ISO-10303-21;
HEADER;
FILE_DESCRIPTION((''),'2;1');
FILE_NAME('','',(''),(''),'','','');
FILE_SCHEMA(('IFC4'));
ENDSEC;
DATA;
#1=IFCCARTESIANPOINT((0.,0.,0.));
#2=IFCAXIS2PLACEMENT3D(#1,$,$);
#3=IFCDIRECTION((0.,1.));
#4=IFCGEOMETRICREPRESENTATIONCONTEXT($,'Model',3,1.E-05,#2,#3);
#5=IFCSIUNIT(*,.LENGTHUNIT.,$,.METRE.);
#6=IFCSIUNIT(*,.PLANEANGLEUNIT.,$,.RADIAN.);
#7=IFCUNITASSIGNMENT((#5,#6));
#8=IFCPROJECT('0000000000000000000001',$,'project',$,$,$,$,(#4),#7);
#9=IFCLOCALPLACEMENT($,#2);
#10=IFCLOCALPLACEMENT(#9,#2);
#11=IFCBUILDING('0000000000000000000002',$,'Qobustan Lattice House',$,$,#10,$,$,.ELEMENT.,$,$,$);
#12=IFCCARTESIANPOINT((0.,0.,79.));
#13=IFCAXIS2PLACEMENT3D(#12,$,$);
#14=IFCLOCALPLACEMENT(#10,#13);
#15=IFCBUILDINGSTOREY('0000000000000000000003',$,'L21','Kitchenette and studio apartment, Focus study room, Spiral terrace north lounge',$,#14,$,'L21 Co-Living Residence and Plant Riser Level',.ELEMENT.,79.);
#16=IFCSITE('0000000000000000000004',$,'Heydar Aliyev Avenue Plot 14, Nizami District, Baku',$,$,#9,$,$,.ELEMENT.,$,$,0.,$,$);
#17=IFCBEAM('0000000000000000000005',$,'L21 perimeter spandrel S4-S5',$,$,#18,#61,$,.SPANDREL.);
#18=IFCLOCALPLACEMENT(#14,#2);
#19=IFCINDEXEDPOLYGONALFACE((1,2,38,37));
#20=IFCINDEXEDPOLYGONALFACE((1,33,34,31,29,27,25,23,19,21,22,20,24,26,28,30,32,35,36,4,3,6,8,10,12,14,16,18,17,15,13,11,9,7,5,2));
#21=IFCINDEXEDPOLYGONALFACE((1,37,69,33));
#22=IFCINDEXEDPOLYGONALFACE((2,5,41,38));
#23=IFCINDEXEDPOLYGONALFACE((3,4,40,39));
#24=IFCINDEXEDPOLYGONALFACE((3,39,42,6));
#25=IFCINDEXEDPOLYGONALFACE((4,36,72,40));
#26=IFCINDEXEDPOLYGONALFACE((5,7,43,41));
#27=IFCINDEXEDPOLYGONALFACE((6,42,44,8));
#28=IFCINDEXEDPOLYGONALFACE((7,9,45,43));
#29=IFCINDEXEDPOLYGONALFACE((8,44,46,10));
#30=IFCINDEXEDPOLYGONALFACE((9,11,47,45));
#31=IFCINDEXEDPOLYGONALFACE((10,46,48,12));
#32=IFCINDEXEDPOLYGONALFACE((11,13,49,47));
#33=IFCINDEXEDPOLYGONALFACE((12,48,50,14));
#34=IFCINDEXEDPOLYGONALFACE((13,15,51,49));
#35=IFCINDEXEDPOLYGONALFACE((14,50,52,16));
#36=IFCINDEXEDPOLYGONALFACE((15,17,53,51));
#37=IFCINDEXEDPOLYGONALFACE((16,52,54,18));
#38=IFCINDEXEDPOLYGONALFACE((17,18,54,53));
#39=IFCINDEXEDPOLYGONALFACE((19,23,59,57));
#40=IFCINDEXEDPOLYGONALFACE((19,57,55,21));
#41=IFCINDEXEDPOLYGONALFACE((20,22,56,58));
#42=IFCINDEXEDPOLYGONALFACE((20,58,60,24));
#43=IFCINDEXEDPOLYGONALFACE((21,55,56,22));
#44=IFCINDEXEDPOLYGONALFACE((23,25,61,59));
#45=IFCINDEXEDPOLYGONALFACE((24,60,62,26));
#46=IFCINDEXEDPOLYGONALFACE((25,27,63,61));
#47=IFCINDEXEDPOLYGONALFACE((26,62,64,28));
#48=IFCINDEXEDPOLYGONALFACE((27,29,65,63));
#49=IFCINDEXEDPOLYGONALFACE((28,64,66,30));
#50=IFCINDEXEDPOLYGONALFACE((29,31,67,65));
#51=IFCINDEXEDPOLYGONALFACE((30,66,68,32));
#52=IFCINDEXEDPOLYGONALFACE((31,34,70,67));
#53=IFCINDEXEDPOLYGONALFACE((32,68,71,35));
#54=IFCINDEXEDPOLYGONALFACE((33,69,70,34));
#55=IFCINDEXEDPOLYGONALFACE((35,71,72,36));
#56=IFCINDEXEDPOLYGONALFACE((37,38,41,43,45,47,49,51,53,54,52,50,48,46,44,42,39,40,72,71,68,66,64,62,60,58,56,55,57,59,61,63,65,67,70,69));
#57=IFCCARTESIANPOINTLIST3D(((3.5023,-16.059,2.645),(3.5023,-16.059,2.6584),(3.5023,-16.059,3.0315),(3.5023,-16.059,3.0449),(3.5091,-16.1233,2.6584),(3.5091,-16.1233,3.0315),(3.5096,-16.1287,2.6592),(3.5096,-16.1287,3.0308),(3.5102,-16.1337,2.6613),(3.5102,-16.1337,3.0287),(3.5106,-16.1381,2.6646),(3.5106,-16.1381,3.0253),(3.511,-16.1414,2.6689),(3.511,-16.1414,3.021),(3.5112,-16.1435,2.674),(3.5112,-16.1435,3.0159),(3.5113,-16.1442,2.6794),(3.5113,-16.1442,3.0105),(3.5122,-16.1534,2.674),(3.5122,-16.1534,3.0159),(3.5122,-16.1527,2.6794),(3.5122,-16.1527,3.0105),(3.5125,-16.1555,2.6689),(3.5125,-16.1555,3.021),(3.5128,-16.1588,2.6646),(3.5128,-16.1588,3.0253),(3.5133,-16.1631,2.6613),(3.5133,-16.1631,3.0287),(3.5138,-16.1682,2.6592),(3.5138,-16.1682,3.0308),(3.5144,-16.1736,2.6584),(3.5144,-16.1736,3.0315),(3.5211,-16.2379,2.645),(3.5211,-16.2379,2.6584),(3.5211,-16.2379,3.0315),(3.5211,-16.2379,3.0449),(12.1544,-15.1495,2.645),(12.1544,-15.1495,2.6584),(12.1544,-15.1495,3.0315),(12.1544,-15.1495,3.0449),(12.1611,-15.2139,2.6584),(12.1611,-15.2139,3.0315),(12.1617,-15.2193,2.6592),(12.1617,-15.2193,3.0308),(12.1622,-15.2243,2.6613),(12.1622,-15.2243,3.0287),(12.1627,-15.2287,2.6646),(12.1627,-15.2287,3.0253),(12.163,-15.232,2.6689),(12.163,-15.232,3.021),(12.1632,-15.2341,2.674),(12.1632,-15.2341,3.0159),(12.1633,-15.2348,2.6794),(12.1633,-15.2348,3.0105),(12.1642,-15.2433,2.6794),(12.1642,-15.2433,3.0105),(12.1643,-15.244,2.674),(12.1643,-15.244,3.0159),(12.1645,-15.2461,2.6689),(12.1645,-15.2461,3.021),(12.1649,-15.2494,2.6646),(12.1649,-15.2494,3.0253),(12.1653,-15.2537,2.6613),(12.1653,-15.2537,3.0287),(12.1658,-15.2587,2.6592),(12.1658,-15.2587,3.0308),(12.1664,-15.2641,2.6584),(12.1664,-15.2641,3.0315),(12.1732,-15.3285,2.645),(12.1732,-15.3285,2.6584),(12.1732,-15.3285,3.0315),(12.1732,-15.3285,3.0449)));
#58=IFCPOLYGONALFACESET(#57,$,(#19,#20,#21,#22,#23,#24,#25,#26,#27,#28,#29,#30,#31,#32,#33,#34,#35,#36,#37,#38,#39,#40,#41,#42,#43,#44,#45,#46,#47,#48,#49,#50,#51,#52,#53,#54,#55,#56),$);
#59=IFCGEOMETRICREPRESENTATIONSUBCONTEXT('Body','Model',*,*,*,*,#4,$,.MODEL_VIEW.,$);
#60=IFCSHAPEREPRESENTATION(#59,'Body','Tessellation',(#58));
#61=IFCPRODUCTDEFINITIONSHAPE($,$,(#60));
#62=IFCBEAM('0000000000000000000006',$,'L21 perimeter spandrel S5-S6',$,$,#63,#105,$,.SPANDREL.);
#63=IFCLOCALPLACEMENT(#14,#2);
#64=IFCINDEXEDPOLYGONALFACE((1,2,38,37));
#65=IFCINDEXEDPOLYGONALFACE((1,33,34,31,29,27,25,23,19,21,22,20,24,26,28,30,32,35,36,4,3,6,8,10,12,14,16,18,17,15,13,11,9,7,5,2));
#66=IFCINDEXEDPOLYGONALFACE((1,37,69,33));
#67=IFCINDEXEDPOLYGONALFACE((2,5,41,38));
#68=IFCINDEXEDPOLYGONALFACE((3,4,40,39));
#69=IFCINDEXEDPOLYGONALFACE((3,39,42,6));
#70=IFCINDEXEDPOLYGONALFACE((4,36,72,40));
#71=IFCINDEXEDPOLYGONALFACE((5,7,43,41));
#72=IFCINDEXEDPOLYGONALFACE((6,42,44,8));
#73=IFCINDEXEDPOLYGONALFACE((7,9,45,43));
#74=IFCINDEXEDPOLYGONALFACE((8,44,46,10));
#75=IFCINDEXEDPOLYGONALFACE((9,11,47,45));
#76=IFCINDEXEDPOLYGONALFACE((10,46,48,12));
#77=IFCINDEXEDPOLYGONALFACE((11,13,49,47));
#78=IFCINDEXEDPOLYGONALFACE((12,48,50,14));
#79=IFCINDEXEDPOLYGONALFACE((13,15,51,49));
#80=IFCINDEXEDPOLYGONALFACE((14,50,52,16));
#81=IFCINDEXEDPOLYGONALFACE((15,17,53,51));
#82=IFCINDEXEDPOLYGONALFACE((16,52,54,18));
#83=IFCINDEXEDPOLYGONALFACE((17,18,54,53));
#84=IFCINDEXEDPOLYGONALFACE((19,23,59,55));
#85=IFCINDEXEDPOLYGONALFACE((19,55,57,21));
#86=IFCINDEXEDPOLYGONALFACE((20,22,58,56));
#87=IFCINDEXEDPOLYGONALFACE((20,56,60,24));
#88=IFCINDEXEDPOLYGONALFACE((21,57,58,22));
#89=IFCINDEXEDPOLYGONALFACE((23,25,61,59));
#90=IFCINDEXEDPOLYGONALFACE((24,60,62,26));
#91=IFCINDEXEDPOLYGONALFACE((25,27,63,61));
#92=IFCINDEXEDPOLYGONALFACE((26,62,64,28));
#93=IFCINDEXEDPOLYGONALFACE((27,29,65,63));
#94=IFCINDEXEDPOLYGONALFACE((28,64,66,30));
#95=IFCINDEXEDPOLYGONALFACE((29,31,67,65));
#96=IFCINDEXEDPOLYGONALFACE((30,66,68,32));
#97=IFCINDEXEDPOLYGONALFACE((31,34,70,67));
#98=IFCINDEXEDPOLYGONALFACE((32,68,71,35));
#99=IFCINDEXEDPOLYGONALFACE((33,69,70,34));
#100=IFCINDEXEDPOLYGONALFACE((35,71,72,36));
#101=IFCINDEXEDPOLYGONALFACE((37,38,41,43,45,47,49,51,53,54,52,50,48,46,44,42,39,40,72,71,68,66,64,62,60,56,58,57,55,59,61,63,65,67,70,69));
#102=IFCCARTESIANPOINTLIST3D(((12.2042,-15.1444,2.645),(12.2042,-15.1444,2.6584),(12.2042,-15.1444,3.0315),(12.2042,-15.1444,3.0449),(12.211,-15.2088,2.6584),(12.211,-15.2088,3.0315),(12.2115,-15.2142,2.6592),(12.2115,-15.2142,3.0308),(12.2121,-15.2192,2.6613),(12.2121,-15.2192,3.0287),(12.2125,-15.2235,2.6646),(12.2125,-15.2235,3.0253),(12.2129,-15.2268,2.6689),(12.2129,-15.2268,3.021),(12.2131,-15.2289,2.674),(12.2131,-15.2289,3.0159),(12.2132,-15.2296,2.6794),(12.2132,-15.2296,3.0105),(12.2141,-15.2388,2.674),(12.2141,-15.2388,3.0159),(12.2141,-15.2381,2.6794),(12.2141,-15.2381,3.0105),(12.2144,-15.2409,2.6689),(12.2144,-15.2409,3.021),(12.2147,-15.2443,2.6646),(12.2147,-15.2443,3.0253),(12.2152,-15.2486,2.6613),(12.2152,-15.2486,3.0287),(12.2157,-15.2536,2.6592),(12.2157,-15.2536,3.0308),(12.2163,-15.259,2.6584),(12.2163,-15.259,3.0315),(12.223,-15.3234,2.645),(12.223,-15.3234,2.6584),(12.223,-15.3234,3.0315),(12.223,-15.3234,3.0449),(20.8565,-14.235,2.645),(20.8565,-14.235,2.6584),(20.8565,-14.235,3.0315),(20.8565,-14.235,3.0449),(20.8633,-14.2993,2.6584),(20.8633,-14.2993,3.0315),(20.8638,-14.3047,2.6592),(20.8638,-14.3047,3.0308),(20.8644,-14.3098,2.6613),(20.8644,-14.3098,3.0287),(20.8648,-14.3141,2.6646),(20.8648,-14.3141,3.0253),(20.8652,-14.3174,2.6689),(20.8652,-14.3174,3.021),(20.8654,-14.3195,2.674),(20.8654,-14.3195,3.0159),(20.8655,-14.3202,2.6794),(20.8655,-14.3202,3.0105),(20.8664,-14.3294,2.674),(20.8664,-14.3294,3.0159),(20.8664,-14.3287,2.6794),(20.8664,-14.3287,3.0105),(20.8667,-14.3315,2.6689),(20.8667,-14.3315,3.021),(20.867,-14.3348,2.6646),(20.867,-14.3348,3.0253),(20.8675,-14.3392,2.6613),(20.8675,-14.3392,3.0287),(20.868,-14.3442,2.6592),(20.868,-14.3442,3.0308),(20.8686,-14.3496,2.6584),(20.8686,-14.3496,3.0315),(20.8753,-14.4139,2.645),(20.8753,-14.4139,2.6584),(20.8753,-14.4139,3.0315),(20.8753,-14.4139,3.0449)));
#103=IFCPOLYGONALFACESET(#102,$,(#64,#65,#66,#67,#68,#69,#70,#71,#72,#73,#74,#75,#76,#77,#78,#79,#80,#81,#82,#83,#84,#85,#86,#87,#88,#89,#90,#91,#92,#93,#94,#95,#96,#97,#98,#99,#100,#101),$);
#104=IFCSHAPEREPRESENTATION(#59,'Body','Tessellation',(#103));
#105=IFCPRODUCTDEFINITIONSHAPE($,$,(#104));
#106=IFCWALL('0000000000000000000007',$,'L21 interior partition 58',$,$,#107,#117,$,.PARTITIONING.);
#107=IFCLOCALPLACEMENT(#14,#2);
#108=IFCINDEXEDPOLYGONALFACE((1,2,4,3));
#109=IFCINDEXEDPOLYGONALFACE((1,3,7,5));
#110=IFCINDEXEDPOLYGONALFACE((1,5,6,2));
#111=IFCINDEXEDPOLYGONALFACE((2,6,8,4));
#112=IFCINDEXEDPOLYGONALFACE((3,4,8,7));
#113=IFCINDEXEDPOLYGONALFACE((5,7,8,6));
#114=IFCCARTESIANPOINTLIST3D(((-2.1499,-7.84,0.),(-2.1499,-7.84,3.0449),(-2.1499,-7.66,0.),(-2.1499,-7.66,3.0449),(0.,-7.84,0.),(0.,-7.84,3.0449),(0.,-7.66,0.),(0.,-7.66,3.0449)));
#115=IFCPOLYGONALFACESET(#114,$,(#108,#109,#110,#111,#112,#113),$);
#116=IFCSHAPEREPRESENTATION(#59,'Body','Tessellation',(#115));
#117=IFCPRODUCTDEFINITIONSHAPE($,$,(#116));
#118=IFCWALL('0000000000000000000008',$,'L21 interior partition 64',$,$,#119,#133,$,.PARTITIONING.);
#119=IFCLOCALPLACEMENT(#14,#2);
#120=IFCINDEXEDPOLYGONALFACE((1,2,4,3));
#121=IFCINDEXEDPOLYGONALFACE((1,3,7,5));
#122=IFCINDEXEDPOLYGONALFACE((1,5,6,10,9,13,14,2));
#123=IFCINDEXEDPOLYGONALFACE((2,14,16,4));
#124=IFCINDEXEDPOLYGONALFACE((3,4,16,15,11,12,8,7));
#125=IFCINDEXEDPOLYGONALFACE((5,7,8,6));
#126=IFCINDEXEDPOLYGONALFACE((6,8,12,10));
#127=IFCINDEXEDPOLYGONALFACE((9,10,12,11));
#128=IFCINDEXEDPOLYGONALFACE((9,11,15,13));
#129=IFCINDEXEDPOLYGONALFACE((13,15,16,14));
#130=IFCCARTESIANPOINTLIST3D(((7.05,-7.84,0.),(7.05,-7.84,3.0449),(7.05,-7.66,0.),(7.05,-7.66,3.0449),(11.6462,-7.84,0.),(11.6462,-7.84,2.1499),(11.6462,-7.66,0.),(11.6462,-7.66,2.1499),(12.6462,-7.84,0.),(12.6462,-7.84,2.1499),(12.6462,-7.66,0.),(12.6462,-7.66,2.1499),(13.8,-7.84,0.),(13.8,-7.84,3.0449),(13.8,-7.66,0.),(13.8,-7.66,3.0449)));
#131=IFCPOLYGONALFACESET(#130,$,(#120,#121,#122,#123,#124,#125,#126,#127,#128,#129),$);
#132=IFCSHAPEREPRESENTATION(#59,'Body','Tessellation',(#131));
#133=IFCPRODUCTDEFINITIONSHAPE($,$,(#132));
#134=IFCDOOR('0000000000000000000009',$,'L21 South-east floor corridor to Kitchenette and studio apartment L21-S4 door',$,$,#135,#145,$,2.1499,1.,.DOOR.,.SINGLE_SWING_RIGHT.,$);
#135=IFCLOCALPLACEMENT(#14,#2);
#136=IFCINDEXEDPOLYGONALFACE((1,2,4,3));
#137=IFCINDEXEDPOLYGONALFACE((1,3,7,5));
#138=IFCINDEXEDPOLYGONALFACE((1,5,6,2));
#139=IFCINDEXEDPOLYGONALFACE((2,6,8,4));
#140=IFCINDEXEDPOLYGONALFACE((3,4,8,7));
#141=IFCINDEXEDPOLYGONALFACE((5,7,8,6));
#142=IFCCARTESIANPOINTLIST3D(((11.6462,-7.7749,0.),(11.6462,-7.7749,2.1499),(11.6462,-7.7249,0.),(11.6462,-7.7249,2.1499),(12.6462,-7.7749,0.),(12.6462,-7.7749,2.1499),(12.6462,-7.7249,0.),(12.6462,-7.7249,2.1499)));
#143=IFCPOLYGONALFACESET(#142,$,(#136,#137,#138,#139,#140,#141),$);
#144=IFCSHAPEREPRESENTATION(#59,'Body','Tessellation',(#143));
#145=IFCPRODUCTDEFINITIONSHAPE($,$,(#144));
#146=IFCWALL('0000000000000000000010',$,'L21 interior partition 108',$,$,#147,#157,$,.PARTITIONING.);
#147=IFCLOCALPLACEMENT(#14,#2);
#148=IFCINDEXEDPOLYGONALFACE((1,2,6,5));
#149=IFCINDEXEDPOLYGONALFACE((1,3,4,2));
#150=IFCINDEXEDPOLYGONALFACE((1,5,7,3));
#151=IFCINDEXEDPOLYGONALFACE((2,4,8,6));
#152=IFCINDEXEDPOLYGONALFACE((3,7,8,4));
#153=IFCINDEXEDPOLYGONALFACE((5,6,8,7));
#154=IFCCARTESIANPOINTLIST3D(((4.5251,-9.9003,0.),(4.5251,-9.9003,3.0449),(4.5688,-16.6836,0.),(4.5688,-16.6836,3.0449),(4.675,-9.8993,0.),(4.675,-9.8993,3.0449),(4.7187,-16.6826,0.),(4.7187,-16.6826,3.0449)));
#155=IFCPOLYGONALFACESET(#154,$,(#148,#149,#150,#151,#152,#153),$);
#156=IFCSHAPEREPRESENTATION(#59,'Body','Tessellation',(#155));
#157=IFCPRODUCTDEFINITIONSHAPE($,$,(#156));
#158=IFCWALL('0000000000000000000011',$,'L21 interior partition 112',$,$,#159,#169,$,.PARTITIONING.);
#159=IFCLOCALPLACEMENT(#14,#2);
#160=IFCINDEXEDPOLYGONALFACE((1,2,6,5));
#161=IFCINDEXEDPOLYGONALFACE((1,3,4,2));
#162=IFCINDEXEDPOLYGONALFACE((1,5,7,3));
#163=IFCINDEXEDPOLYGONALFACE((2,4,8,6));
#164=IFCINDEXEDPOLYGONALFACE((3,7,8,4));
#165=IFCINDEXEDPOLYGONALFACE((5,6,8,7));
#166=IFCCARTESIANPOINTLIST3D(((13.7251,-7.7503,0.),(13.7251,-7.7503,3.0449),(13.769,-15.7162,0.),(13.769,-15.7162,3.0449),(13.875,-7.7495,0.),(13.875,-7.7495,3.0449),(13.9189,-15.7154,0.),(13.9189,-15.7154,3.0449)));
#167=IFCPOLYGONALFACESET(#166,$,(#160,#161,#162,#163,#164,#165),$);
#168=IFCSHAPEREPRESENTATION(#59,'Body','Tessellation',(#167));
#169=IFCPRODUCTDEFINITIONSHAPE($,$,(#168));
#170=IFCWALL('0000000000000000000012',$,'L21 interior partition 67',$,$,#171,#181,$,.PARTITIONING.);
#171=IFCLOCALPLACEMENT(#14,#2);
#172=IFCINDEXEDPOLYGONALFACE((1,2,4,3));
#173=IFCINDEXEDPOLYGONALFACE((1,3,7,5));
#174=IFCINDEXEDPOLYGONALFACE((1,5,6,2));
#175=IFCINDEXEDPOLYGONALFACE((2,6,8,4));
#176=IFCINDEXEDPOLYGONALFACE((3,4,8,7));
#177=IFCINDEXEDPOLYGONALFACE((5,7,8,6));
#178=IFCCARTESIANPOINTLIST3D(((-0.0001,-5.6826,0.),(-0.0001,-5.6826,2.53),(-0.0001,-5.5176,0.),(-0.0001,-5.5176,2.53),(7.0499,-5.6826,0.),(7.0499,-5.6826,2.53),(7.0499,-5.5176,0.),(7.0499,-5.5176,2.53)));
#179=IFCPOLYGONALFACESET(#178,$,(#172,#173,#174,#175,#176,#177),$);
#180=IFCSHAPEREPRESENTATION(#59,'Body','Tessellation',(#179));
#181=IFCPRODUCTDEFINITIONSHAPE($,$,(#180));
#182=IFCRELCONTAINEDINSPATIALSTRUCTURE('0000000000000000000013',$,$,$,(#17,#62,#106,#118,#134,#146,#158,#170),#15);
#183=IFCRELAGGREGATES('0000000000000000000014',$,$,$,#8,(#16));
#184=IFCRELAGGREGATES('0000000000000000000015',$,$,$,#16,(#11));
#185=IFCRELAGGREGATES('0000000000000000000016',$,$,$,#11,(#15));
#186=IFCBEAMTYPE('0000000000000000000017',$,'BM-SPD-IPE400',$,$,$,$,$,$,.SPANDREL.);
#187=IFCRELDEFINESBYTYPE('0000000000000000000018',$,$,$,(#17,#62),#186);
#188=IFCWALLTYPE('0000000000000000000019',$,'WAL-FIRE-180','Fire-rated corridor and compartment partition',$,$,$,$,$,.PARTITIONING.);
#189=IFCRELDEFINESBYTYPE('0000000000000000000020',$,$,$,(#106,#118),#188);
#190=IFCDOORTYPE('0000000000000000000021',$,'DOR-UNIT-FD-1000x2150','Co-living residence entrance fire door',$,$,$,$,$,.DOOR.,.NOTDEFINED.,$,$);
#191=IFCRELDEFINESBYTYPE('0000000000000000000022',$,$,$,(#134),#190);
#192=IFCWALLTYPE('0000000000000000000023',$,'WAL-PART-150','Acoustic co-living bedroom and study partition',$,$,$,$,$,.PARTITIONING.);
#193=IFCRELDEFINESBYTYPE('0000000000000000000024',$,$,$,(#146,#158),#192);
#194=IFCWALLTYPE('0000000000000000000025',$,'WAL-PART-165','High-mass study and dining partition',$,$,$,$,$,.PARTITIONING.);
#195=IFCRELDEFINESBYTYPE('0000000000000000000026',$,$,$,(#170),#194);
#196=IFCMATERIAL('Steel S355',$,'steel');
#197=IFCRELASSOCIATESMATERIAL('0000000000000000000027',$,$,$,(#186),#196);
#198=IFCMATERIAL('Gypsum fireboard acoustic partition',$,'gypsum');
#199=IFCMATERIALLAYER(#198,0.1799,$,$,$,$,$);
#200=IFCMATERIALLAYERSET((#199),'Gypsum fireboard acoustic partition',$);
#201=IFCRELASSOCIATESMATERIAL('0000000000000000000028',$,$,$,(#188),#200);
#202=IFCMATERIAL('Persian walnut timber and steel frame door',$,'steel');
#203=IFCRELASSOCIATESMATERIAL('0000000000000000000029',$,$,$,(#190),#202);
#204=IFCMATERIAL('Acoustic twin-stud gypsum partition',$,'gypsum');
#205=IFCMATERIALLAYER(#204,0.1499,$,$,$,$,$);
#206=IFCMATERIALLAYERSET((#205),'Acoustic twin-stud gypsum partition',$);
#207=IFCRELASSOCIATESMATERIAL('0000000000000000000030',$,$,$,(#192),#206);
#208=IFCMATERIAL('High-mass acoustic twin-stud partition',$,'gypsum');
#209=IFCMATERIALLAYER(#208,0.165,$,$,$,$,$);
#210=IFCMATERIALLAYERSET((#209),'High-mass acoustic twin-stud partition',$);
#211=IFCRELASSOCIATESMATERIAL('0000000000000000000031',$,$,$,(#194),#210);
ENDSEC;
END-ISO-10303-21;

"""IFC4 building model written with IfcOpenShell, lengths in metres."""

from ifc_helpers import new_model, si_unit, direction, frame, frame_2d, origin, origin_2d, place, context, subcontext, project, spatial, rectangle, i_section, extrude, material, layer, layer_set, material_profile, profile_set, type_object, element, fill, save


model = new_model("IFC4")

# Units and contexts
model_context = context("Model", 3, precision=1e-05, world=origin(), true_north=direction((0.0, 1.0)))
body_context = subcontext(model_context, "Body", "Model", "MODEL_VIEW")
ifc_project = project(units=[si_unit("LENGTHUNIT", "METRE"), si_unit("PLANEANGLEUNIT", "RADIAN")], contexts=[model_context])

# Site, building, storey
site_placement = place(None, origin())
site = spatial("IfcSite", under=ifc_project, at=site_placement, Name="Heydar Aliyev Avenue Plot 14, Nizami District, Baku", CompositionType="ELEMENT", RefElevation=0.0)
building_placement = place(site_placement, origin())
building = spatial("IfcBuilding", under=site, at=building_placement, Name="Qobustan Lattice House", CompositionType="ELEMENT")
storey_placement = place(building_placement, frame((0.0, 0.0, 79.0)))
storey = spatial("IfcBuildingStorey", under=building, at=storey_placement, Name="L21", Description="Kitchenette and studio apartment, Focus study room, Spiral terrace north lounge", LongName="L21 Co-Living Residence and Plant Riser Level", CompositionType="ELEMENT", Elevation=79.0)

# Beams
ifc_material_1 = material(Name="Steel S355", Category="steel")
ifc_material_profile_1 = material_profile(ifc_material_1, i_section(OverallWidth=0.1799, OverallDepth=0.3999, WebThickness=0.0085, FlangeThickness=0.0134, FilletRadius=0.021, at=origin_2d()), Name="IPE400")
ifc_profile_set_1 = profile_set([ifc_material_profile_1], Name="Steel S355")
beam_type_1 = type_object("IfcBeamType", Name="BM-SPD-IPE400", PredefinedType="SPANDREL", material=ifc_profile_set_1)
beam_1_placement = place(storey_placement, frame((3.5117, -16.1484, 2.845), z_axis=(0.994521, 0.104534, 0.0), x_axis=(-0.104534, 0.994521, 0.0)))
element("IfcBeam", 1, at=beam_1_placement, inside=storey, type_object=beam_type_1, Name="L21 perimeter spandrel S4-S5", PredefinedType="SPANDREL", context=body_context, shape_type="SweptSolid", body=[
    extrude(i_section(OverallWidth=0.1799, OverallDepth=0.3999, WebThickness=0.0085, FlangeThickness=0.0134, FilletRadius=0.021, at=origin_2d()), origin(), (0.0, 0.0, 1.0), 8.6997),
])
beam_2_placement = place(storey_placement, frame((12.2136, -15.2339, 2.845), z_axis=(0.994522, 0.104531, 0.0), x_axis=(-0.104531, 0.994522, 0.0)))
element("IfcBeam", 2, at=beam_2_placement, inside=storey, type_object=beam_type_1, Name="L21 perimeter spandrel S5-S6", PredefinedType="SPANDREL", context=body_context, shape_type="SweptSolid", body=[
    extrude(i_section(OverallWidth=0.1799, OverallDepth=0.3999, WebThickness=0.0085, FlangeThickness=0.0134, FilletRadius=0.021, at=origin_2d()), origin(), (0.0, 0.0, 1.0), 8.7),
])

# Wall
ifc_material_2 = material(Name="Gypsum fireboard acoustic partition", Category="gypsum")
ifc_layer_1 = layer(ifc_material_2, 0.1799)
ifc_layer_set_1 = layer_set([ifc_layer_1], Name="Gypsum fireboard acoustic partition")
wall_type_1 = type_object("IfcWallType", Name="WAL-FIRE-180", Description="Fire-rated corridor and compartment partition", PredefinedType="PARTITIONING", material=ifc_layer_set_1)
wall_1_placement = place(storey_placement, frame((0.0, -7.75, 0.0), z_axis=(0.0, 0.0, 1.0), x_axis=(-1.0, 0.0, 0.0)))
element("IfcWall", 3, at=wall_1_placement, inside=storey, type_object=wall_type_1, Name="L21 interior partition 58", PredefinedType="PARTITIONING", context=body_context, shape_type="SweptSolid", body=[
    extrude(rectangle(XDim=2.1499, YDim=0.1799, at=frame_2d((1.075, 0.0))), origin(), (0.0, 0.0, 1.0), 3.0449),
])

# Wall, opening, door
ifc_material_3 = material(Name="Persian walnut timber and steel frame door", Category="steel")
door_type_1 = type_object("IfcDoorType", Name="DOR-UNIT-FD-1000x2150", Description="Co-living residence entrance fire door", OperationType="NOTDEFINED", PredefinedType="DOOR", material=ifc_material_3)
wall_2_placement = place(storey_placement, frame((13.8, -7.75, 0.0), z_axis=(0.0, 0.0, 1.0), x_axis=(-1.0, 0.0, 0.0)))
wall_2 = element("IfcWall", 4, at=wall_2_placement, inside=storey, type_object=wall_type_1, Name="L21 interior partition 64", PredefinedType="PARTITIONING", context=body_context, shape_type="SweptSolid", body=[
    extrude(rectangle(XDim=6.75, YDim=0.1799, at=frame_2d((3.375, 0.0))), origin(), (0.0, 0.0, 1.0), 3.0449),
])
opening_1_placement = place(wall_2_placement, frame((1.1538, 0.0, 0.0)))
opening_1 = element("IfcOpeningElement", 5, at=opening_1_placement, cuts=wall_2, PredefinedType="OPENING", context=body_context, shape_type="SweptSolid", body=[
    extrude(rectangle(XDim=1.0, YDim=2.1499, at=frame_2d((0.5, 1.075))), frame((0.0, 0.0999, 0.0), z_axis=(0.0, -1.0, 0.0), x_axis=(1.0, 0.0, 0.0)), (0.0, 0.0, 1.0), 0.2),
])
door_1_placement = place(opening_1_placement, origin())
door_1 = element("IfcDoor", 6, at=door_1_placement, inside=storey, type_object=door_type_1, Name="L21 South-east floor corridor to Kitchenette and studio apartment L21-S4 door", OperationType="SINGLE_SWING_RIGHT", OverallHeight=2.1499, OverallWidth=1.0, PredefinedType="DOOR", context=body_context, shape_type="SweptSolid", body=[
    extrude(rectangle(XDim=1.0, YDim=2.1499, at=frame_2d((0.5, 1.075))), frame((0.0, 0.0249, 0.0), z_axis=(0.0, -1.0, 0.0), x_axis=(1.0, 0.0, 0.0)), (0.0, 0.0, 1.0), 0.05),
])
fill(opening_1, door_1)

# Walls
ifc_material_4 = material(Name="Acoustic twin-stud gypsum partition", Category="gypsum")
ifc_layer_2 = layer(ifc_material_4, 0.1499)
ifc_layer_set_2 = layer_set([ifc_layer_2], Name="Acoustic twin-stud gypsum partition")
wall_type_2 = type_object("IfcWallType", Name="WAL-PART-150", Description="Acoustic co-living bedroom and study partition", PredefinedType="PARTITIONING", material=ifc_layer_set_2)
wall_3_placement = place(storey_placement, frame((4.6001, -9.8999, 0.0), z_axis=(0.0, 0.0, 1.0), x_axis=(0.006442, -0.999979, 0.0)))
element("IfcWall", 7, at=wall_3_placement, inside=storey, type_object=wall_type_2, Name="L21 interior partition 108", PredefinedType="PARTITIONING", context=body_context, shape_type="SweptSolid", body=[
    extrude(rectangle(XDim=6.7834, YDim=0.1499, at=frame_2d((3.3916, 0.0))), origin(), (0.0, 0.0, 1.0), 3.0449),
])
wall_4_placement = place(storey_placement, frame((13.8, -7.75, 0.0), z_axis=(0.0, 0.0, 1.0), x_axis=(0.005516, -0.999985, 0.0)))
element("IfcWall", 8, at=wall_4_placement, inside=storey, type_object=wall_type_2, Name="L21 interior partition 112", PredefinedType="PARTITIONING", context=body_context, shape_type="SweptSolid", body=[
    extrude(rectangle(XDim=7.9661, YDim=0.1499, at=frame_2d((3.9829, 0.0))), origin(), (0.0, 0.0, 1.0), 3.0449),
])
ifc_material_5 = material(Name="High-mass acoustic twin-stud partition", Category="gypsum")
ifc_layer_3 = layer(ifc_material_5, 0.165)
ifc_layer_set_3 = layer_set([ifc_layer_3], Name="High-mass acoustic twin-stud partition")
wall_type_3 = type_object("IfcWallType", Name="WAL-PART-165", Description="High-mass study and dining partition", PredefinedType="PARTITIONING", material=ifc_layer_set_3)
wall_5_placement = place(storey_placement, frame((0.0, -5.6001, 0.0), z_axis=(0.0, 0.0, 1.0), x_axis=(1.0, 0.0, 0.0)))
element("IfcWall", 9, at=wall_5_placement, inside=storey, type_object=wall_type_3, Name="L21 interior partition 67", PredefinedType="PARTITIONING", context=body_context, shape_type="SweptSolid", body=[
    extrude(rectangle(XDim=7.05, YDim=0.165, at=frame_2d((3.5249, 0.0))), origin(), (0.0, 0.0, 1.0), 2.53),
])

save(model, "model.ifc")
